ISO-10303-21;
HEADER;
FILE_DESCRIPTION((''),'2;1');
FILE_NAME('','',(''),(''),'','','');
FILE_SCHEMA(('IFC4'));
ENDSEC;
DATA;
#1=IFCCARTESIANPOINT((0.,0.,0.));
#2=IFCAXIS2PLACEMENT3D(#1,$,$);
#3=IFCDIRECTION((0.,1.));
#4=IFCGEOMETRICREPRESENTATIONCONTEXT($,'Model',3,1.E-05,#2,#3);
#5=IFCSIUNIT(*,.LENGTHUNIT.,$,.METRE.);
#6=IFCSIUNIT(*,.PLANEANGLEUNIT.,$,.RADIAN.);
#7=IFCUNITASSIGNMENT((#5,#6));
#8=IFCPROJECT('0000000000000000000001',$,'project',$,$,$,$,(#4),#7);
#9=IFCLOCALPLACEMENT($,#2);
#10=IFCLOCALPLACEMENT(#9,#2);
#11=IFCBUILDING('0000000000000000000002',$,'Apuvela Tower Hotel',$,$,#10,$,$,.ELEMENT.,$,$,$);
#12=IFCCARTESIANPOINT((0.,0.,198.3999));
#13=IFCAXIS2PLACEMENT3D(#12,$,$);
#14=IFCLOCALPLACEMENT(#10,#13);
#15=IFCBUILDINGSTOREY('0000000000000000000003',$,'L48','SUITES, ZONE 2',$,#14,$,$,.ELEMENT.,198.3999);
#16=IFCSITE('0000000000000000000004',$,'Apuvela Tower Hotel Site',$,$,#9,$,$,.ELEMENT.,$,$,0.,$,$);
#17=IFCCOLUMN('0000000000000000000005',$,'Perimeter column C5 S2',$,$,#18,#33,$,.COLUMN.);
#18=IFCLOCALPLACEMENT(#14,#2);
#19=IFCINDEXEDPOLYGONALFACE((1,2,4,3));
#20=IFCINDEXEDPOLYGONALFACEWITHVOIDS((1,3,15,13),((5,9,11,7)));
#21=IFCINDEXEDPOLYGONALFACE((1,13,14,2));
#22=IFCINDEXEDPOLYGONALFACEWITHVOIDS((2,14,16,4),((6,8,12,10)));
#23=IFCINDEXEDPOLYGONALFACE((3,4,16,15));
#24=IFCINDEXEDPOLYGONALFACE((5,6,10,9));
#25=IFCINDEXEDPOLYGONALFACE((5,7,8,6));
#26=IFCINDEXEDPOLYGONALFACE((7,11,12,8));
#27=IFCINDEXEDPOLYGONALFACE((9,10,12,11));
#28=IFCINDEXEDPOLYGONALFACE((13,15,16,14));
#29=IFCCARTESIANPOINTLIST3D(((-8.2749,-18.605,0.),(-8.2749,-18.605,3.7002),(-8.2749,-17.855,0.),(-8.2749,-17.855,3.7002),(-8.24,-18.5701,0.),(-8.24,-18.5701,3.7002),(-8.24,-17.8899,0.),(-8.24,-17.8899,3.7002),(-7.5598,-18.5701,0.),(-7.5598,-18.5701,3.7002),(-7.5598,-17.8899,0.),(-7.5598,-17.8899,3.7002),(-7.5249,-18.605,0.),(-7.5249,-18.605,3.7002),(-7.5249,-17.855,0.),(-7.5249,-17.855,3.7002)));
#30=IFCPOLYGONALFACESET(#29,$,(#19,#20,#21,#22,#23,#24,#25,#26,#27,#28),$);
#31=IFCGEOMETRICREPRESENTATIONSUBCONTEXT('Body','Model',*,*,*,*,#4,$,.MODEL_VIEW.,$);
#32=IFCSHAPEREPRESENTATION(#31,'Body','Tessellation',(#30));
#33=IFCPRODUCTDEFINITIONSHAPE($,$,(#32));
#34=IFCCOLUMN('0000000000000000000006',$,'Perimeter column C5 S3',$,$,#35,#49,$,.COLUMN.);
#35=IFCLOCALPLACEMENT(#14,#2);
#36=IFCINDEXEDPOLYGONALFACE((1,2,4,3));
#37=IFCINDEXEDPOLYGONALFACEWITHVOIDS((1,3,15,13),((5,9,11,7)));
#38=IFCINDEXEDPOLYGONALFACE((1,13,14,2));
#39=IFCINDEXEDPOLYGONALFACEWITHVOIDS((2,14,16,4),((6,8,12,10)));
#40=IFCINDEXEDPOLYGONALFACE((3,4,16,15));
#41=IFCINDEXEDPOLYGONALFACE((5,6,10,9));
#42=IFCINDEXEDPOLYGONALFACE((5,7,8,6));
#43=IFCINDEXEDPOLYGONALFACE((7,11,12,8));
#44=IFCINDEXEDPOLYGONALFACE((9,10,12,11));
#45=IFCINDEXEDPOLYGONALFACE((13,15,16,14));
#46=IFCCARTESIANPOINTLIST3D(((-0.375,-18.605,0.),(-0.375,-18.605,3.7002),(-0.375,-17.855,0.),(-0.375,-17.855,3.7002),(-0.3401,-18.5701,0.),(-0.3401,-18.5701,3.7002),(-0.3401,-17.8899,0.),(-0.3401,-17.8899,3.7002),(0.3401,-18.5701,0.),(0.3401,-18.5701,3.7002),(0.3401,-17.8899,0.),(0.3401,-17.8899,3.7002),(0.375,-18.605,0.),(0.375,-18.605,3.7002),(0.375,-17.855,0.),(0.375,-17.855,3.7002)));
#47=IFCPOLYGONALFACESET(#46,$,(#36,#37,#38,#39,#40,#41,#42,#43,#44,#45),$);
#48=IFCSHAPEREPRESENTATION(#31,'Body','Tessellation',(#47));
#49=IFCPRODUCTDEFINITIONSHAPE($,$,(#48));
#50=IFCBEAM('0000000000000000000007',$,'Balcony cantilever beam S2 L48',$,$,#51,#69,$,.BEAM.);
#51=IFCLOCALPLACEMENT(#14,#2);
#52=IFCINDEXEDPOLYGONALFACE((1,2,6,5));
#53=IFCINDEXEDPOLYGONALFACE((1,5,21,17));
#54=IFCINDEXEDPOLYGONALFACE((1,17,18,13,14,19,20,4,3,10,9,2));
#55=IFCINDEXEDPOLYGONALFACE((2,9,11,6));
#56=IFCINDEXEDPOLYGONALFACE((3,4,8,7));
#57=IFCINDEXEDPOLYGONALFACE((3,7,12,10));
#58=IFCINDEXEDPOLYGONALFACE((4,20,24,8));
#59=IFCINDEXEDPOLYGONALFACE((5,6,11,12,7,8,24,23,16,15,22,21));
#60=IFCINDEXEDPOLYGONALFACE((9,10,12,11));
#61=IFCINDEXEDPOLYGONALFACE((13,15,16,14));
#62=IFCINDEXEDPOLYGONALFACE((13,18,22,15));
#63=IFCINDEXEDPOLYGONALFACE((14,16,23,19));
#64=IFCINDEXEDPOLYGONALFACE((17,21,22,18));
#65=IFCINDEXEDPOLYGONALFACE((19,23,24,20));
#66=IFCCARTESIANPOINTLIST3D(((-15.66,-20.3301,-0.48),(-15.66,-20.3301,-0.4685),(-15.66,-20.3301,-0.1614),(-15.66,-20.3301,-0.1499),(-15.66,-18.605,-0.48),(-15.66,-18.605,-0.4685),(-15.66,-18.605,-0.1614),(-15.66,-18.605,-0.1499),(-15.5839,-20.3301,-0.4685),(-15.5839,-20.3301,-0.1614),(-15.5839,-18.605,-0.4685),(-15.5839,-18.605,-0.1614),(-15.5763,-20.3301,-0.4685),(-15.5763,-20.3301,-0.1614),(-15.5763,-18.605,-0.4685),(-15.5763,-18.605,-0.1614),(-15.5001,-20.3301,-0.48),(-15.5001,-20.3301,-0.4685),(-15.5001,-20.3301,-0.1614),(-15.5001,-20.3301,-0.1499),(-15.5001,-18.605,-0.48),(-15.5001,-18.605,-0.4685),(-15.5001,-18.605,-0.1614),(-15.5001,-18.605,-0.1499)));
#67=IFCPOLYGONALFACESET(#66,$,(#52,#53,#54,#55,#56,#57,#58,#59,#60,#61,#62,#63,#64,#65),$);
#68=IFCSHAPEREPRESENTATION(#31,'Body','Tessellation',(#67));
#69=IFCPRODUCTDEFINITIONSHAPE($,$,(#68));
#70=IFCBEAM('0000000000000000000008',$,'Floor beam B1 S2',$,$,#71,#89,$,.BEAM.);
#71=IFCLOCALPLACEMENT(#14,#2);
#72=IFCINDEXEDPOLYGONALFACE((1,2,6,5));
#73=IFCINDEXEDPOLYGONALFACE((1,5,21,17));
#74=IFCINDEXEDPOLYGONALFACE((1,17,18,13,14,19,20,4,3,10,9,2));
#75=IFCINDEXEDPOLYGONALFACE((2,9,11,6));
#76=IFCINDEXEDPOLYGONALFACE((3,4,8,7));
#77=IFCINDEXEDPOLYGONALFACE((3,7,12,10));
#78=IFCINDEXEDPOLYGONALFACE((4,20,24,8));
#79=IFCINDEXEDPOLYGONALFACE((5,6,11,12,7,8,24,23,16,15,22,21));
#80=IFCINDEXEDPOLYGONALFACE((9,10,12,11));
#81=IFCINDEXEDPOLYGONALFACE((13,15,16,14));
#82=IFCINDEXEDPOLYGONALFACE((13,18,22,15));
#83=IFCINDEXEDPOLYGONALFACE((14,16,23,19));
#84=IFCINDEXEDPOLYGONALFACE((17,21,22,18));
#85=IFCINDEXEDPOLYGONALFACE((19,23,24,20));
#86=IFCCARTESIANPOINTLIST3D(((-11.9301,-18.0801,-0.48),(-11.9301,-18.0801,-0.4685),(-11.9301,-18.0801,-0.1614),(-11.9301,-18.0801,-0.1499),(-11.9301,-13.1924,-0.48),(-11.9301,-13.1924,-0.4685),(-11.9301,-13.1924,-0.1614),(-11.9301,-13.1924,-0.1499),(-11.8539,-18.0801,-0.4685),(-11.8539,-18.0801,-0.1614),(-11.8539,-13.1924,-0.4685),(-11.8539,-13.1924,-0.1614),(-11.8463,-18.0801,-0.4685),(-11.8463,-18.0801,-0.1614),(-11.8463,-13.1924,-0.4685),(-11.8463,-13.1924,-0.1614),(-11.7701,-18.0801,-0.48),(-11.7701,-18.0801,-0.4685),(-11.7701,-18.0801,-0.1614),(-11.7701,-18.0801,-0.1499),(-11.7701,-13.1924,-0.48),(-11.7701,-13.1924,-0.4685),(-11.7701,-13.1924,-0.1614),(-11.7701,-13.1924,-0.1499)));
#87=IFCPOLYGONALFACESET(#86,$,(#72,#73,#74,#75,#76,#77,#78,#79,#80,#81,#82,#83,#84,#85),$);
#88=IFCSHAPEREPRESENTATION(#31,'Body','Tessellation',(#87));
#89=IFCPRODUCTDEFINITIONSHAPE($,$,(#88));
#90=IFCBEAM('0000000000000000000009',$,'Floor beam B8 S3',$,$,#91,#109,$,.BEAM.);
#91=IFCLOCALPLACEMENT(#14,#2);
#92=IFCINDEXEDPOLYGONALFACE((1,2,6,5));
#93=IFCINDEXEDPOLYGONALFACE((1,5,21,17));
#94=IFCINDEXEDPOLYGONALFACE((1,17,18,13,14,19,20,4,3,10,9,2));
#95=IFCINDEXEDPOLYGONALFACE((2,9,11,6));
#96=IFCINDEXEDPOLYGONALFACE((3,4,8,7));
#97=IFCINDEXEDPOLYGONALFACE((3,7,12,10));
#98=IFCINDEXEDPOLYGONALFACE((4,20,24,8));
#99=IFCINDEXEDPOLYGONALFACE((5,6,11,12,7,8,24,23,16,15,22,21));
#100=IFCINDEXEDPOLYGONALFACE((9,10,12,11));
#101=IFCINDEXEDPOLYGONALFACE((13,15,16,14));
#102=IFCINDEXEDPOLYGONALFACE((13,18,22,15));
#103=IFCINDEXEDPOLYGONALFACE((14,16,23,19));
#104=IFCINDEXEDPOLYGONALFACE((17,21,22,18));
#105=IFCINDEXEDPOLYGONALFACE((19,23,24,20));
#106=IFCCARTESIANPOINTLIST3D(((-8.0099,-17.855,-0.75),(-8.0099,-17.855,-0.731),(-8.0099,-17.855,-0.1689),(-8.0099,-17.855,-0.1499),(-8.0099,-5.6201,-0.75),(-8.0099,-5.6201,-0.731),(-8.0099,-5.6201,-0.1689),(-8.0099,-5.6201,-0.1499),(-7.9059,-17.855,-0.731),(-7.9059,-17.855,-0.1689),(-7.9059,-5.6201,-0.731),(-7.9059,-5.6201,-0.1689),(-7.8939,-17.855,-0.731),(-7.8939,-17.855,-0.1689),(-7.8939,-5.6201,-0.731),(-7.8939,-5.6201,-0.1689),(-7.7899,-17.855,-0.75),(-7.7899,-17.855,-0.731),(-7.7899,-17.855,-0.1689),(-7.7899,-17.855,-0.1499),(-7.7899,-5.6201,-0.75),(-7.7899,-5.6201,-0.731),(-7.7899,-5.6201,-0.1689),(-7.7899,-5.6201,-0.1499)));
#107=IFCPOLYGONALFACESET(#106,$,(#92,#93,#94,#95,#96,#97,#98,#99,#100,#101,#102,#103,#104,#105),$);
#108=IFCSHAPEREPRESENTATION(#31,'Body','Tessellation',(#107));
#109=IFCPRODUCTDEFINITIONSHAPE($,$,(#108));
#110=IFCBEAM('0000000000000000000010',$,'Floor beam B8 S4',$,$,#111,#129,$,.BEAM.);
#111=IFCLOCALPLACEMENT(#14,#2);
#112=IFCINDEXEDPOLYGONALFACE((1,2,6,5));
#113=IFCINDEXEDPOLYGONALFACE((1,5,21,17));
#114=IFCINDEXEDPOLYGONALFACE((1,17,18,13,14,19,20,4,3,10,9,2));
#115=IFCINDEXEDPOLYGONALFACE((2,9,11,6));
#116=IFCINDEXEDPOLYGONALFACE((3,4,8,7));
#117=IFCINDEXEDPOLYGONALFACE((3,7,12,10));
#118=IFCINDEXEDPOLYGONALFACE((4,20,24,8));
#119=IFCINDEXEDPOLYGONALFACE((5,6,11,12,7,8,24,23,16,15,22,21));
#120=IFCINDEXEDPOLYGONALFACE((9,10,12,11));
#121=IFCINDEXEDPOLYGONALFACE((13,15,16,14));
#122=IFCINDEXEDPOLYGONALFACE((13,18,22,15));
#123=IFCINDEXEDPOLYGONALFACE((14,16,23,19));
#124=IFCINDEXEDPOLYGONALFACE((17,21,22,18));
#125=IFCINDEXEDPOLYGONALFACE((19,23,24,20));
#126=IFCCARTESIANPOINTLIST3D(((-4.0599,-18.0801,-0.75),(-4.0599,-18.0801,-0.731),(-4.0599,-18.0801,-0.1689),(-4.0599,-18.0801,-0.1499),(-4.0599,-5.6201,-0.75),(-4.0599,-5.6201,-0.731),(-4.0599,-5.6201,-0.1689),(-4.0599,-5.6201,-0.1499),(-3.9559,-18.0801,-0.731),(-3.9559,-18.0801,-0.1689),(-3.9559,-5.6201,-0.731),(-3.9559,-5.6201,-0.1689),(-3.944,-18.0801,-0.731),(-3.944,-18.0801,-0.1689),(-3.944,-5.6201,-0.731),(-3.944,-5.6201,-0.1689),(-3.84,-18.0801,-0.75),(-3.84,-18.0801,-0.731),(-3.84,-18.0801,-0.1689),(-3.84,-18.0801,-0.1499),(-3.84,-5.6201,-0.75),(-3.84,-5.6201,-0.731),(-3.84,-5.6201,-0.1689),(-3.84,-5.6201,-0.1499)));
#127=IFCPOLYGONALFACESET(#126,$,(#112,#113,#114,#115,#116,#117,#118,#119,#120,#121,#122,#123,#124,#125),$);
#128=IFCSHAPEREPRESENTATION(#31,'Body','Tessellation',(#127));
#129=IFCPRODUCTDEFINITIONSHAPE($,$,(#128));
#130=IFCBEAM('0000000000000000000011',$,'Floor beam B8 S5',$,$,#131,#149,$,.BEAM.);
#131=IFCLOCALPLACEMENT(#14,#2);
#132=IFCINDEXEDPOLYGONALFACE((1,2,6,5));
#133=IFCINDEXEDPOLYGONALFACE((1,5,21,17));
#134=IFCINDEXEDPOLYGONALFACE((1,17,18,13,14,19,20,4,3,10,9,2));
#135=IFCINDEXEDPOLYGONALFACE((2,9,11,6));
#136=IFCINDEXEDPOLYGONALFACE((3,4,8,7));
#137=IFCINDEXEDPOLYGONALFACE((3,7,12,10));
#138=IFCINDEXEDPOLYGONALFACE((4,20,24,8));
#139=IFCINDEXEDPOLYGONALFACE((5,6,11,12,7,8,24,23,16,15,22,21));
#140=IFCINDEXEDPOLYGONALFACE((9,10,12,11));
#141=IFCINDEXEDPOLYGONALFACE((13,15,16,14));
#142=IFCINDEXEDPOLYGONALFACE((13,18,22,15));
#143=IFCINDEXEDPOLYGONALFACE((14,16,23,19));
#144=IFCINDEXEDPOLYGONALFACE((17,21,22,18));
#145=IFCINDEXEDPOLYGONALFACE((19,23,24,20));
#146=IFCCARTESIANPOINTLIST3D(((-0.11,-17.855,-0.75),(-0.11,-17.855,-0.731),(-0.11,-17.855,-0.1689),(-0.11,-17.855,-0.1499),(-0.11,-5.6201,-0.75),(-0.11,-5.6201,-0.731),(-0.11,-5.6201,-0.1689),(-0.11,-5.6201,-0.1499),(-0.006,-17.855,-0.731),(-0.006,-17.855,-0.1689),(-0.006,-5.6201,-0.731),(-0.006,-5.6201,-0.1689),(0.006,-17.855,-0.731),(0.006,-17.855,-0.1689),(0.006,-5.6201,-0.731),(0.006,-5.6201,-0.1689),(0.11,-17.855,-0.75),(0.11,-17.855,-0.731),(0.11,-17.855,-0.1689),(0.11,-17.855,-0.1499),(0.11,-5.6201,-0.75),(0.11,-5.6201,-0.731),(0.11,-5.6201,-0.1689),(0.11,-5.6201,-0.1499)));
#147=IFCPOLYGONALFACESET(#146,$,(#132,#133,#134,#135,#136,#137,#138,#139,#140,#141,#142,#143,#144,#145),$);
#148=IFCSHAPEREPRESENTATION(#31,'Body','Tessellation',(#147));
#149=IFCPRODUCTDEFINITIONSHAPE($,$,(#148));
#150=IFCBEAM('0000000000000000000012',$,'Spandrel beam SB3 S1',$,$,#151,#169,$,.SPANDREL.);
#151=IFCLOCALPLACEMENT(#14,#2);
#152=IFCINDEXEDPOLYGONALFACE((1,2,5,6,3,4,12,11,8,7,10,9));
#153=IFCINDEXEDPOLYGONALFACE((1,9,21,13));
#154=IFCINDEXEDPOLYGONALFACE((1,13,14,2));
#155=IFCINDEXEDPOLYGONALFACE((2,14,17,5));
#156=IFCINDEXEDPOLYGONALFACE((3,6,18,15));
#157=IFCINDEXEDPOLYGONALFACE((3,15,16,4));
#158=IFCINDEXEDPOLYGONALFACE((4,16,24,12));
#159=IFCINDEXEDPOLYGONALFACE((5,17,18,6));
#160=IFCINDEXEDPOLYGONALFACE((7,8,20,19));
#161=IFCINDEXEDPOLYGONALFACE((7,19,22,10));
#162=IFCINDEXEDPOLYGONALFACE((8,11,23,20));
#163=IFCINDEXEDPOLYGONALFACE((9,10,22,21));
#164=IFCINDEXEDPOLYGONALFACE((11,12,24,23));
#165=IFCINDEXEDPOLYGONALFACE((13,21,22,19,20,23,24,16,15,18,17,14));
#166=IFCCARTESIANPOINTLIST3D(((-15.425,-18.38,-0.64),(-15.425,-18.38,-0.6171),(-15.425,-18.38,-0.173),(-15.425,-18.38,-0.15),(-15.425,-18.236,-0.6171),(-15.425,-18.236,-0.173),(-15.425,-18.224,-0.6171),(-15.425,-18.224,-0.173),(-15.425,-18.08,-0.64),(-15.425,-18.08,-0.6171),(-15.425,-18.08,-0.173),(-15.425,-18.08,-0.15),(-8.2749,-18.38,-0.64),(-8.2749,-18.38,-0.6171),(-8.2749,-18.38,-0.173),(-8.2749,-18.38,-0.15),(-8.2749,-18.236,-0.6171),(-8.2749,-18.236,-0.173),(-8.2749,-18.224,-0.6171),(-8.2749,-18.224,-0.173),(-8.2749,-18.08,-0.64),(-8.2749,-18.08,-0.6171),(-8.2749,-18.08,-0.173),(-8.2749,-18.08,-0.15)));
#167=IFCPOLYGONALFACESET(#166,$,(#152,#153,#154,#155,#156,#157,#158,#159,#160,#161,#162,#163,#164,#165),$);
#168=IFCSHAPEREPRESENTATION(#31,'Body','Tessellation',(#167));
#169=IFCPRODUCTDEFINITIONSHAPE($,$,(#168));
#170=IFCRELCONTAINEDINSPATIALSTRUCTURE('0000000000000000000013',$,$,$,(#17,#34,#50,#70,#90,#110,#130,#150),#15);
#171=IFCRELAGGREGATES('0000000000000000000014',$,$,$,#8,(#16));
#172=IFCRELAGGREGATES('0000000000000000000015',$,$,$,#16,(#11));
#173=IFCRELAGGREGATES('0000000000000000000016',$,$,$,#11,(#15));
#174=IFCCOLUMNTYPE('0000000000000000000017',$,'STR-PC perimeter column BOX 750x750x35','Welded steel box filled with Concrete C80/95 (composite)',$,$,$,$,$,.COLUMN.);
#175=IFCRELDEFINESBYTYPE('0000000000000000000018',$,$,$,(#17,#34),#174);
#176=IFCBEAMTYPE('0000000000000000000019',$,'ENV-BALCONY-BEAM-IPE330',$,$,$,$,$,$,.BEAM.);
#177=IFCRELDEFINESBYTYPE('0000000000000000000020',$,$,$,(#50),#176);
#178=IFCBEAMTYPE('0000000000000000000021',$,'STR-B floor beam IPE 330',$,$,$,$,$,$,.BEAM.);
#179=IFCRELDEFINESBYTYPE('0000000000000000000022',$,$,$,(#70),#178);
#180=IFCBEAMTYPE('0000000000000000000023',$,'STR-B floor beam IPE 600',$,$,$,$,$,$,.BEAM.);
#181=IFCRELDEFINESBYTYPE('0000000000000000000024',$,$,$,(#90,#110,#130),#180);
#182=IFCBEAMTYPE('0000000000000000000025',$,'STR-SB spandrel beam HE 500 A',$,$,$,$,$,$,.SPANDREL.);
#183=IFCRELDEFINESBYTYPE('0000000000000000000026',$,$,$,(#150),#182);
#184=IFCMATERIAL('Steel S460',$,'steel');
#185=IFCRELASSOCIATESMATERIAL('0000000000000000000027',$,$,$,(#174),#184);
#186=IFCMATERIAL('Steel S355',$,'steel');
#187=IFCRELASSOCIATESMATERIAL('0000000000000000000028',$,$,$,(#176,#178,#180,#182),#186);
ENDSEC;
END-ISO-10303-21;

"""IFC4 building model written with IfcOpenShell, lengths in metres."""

from ifc_helpers import new_model, si_unit, direction, frame, origin, origin_2d, place, context, subcontext, project, spatial, rectangle, hollow_rectangle, i_section, extrude, material, material_profile, profile_set, type_object, element, save


model = new_model("IFC4")

# Units and contexts
model_context = context("Model", 3, precision=1e-05, world=origin(), true_north=direction((0.0, 1.0)))
body_context = subcontext(model_context, "Body", "Model", "MODEL_VIEW")
ifc_project = project(units=[si_unit("LENGTHUNIT", "METRE"), si_unit("PLANEANGLEUNIT", "RADIAN")], contexts=[model_context])

# Site, building, storey
site_placement = place(None, origin())
site = spatial("IfcSite", under=ifc_project, at=site_placement, Name="Apuvela Tower Hotel Site", CompositionType="ELEMENT", RefElevation=0.0)
building_placement = place(site_placement, origin())
building = spatial("IfcBuilding", under=site, at=building_placement, Name="Apuvela Tower Hotel", CompositionType="ELEMENT")
storey_placement = place(building_placement, frame((0.0, 0.0, 198.3999)))
storey = spatial("IfcBuildingStorey", under=building, at=storey_placement, Name="L48", Description="SUITES, ZONE 2", CompositionType="ELEMENT", Elevation=198.3999)

# Columns
ifc_material_1 = material(Name="Steel S460", Category="steel")
ifc_material_profile_1 = material_profile(ifc_material_1, hollow_rectangle(XDim=0.75, YDim=0.75, WallThickness=0.0349, at=origin_2d()), Name="BOX 750x750x35")
ifc_material_2 = material(Name="Concrete C80/95", Category="concrete")
ifc_material_profile_2 = material_profile(ifc_material_2, rectangle(XDim=0.6799, YDim=0.6799, at=origin_2d()), Name="Concrete C80/95 infill")
ifc_profile_set_1 = profile_set([ifc_material_profile_1, ifc_material_profile_2], Name="Steel S460")
column_type = type_object("IfcColumnType", Name="STR-PC perimeter column BOX 750x750x35", Description="Welded steel box filled with Concrete C80/95 (composite)", PredefinedType="COLUMN", material=ifc_profile_set_1)
for number, where, z_axis, x_axis, name in (
    (1, (-7.8999, -18.23, 0.0), (0.0, 0.0, 1.0), (-1.0, 0.0, 0.0), "Perimeter column C5 S2"),
    (2, (0.0, -18.23, 0.0), (0.0, 0.0, 1.0), (-1.0, 0.0, 0.0), "Perimeter column C5 S3"),
):
    element("IfcColumn", number, at=place(storey_placement, frame(where, z_axis=z_axis, x_axis=x_axis)), inside=storey, type_object=column_type, Name=name, PredefinedType="COLUMN", context=body_context, shape_type="SweptSolid", body=[
        extrude(hollow_rectangle(XDim=0.75, YDim=0.75, WallThickness=0.0349, at=origin_2d()), origin(), (0.0, 0.0, 1.0), 3.7002),
    ])

# Beams
ifc_material_3 = material(Name="Steel S355", Category="steel")
ifc_material_profile_3 = material_profile(ifc_material_3, i_section(OverallWidth=0.1599, OverallDepth=0.3301, WebThickness=0.0076, FlangeThickness=0.0115, at=origin_2d()), Name="IPE 330")
ifc_profile_set_2 = profile_set([ifc_material_profile_3], Name="Steel S355")
beam_type_1 = type_object("IfcBeamType", Name="ENV-BALCONY-BEAM-IPE330", PredefinedType="BEAM", material=ifc_profile_set_2)
beam_1_placement = place(storey_placement, frame((-15.5801, -18.605, -0.3149), z_axis=(0.0, -1.0, 0.0), x_axis=(1.0, 0.0, 0.0)))
element("IfcBeam", 3, at=beam_1_placement, inside=storey, type_object=beam_type_1, Name="Balcony cantilever beam S2 L48", PredefinedType="BEAM", context=body_context, shape_type="SweptSolid", body=[
    extrude(i_section(OverallWidth=0.1599, OverallDepth=0.3301, WebThickness=0.0076, FlangeThickness=0.0115, at=origin_2d()), origin(), (0.0, 0.0, 1.0), 1.7251),
])
ifc_material_profile_4 = material_profile(ifc_material_3, i_section(OverallWidth=0.1599, OverallDepth=0.3301, WebThickness=0.0076, FlangeThickness=0.0115, at=origin_2d()), Name="IPE 330")
ifc_profile_set_3 = profile_set([ifc_material_profile_4], Name="Steel S355")
beam_type_2 = type_object("IfcBeamType", Name="STR-B floor beam IPE 330", PredefinedType="BEAM", material=ifc_profile_set_3)
beam_2_placement = place(storey_placement, frame((-11.8501, -18.0801, -0.3149), z_axis=(0.0, 1.0, 0.0), x_axis=(-1.0, 0.0, 0.0)))
element("IfcBeam", 4, at=beam_2_placement, inside=storey, type_object=beam_type_2, Name="Floor beam B1 S2", PredefinedType="BEAM", context=body_context, shape_type="SweptSolid", body=[
    extrude(i_section(OverallWidth=0.1599, OverallDepth=0.3301, WebThickness=0.0076, FlangeThickness=0.0115, at=origin_2d()), origin(), (0.0, 0.0, 1.0), 4.8877),
])
ifc_material_profile_5 = material_profile(ifc_material_3, i_section(OverallWidth=0.22, OverallDepth=0.6001, WebThickness=0.012, FlangeThickness=0.019, at=origin_2d()), Name="IPE 600")
ifc_profile_set_4 = profile_set([ifc_material_profile_5], Name="Steel S355")
beam_type_3 = type_object("IfcBeamType", Name="STR-B floor beam IPE 600", PredefinedType="BEAM", material=ifc_profile_set_4)
beam_3_placement = place(storey_placement, frame((-7.8999, -17.855, -0.45), z_axis=(0.0, 1.0, 0.0), x_axis=(-1.0, 0.0, 0.0)))
element("IfcBeam", 5, at=beam_3_placement, inside=storey, type_object=beam_type_3, Name="Floor beam B8 S3", PredefinedType="BEAM", context=body_context, shape_type="SweptSolid", body=[
    extrude(i_section(OverallWidth=0.22, OverallDepth=0.6001, WebThickness=0.012, FlangeThickness=0.019, at=origin_2d()), origin(), (0.0, 0.0, 1.0), 12.2349),
])
beam_4_placement = place(storey_placement, frame((-3.95, -18.0801, -0.45), z_axis=(0.0, 1.0, 0.0), x_axis=(-1.0, 0.0, 0.0)))
element("IfcBeam", 6, at=beam_4_placement, inside=storey, type_object=beam_type_3, Name="Floor beam B8 S4", PredefinedType="BEAM", context=body_context, shape_type="SweptSolid", body=[
    extrude(i_section(OverallWidth=0.22, OverallDepth=0.6001, WebThickness=0.012, FlangeThickness=0.019, at=origin_2d()), origin(), (0.0, 0.0, 1.0), 12.46),
])
beam_5_placement = place(storey_placement, frame((0.0, -17.855, -0.45), z_axis=(0.0, 1.0, 0.0), x_axis=(-1.0, 0.0, 0.0)))
element("IfcBeam", 7, at=beam_5_placement, inside=storey, type_object=beam_type_3, Name="Floor beam B8 S5", PredefinedType="BEAM", context=body_context, shape_type="SweptSolid", body=[
    extrude(i_section(OverallWidth=0.22, OverallDepth=0.6001, WebThickness=0.012, FlangeThickness=0.019, at=origin_2d()), origin(), (0.0, 0.0, 1.0), 12.2349),
])
ifc_material_profile_6 = material_profile(ifc_material_3, i_section(OverallWidth=0.3, OverallDepth=0.49, WebThickness=0.012, FlangeThickness=0.0229, at=origin_2d()), Name="HE 500 A")
ifc_profile_set_5 = profile_set([ifc_material_profile_6], Name="Steel S355")
beam_type_4 = type_object("IfcBeamType", Name="STR-SB spandrel beam HE 500 A", PredefinedType="SPANDREL", material=ifc_profile_set_5)
beam_6_placement = place(storey_placement, frame((-15.425, -18.23, -0.395), z_axis=(1.0, 0.0, 0.0), x_axis=(0.0, 1.0, 0.0)))
element("IfcBeam", 8, at=beam_6_placement, inside=storey, type_object=beam_type_4, Name="Spandrel beam SB3 S1", PredefinedType="SPANDREL", context=body_context, shape_type="SweptSolid", body=[
    extrude(i_section(OverallWidth=0.3, OverallDepth=0.49, WebThickness=0.012, FlangeThickness=0.0229, at=origin_2d()), origin(), (0.0, 0.0, 1.0), 7.1501),
])

save(model, "model.ifc")
